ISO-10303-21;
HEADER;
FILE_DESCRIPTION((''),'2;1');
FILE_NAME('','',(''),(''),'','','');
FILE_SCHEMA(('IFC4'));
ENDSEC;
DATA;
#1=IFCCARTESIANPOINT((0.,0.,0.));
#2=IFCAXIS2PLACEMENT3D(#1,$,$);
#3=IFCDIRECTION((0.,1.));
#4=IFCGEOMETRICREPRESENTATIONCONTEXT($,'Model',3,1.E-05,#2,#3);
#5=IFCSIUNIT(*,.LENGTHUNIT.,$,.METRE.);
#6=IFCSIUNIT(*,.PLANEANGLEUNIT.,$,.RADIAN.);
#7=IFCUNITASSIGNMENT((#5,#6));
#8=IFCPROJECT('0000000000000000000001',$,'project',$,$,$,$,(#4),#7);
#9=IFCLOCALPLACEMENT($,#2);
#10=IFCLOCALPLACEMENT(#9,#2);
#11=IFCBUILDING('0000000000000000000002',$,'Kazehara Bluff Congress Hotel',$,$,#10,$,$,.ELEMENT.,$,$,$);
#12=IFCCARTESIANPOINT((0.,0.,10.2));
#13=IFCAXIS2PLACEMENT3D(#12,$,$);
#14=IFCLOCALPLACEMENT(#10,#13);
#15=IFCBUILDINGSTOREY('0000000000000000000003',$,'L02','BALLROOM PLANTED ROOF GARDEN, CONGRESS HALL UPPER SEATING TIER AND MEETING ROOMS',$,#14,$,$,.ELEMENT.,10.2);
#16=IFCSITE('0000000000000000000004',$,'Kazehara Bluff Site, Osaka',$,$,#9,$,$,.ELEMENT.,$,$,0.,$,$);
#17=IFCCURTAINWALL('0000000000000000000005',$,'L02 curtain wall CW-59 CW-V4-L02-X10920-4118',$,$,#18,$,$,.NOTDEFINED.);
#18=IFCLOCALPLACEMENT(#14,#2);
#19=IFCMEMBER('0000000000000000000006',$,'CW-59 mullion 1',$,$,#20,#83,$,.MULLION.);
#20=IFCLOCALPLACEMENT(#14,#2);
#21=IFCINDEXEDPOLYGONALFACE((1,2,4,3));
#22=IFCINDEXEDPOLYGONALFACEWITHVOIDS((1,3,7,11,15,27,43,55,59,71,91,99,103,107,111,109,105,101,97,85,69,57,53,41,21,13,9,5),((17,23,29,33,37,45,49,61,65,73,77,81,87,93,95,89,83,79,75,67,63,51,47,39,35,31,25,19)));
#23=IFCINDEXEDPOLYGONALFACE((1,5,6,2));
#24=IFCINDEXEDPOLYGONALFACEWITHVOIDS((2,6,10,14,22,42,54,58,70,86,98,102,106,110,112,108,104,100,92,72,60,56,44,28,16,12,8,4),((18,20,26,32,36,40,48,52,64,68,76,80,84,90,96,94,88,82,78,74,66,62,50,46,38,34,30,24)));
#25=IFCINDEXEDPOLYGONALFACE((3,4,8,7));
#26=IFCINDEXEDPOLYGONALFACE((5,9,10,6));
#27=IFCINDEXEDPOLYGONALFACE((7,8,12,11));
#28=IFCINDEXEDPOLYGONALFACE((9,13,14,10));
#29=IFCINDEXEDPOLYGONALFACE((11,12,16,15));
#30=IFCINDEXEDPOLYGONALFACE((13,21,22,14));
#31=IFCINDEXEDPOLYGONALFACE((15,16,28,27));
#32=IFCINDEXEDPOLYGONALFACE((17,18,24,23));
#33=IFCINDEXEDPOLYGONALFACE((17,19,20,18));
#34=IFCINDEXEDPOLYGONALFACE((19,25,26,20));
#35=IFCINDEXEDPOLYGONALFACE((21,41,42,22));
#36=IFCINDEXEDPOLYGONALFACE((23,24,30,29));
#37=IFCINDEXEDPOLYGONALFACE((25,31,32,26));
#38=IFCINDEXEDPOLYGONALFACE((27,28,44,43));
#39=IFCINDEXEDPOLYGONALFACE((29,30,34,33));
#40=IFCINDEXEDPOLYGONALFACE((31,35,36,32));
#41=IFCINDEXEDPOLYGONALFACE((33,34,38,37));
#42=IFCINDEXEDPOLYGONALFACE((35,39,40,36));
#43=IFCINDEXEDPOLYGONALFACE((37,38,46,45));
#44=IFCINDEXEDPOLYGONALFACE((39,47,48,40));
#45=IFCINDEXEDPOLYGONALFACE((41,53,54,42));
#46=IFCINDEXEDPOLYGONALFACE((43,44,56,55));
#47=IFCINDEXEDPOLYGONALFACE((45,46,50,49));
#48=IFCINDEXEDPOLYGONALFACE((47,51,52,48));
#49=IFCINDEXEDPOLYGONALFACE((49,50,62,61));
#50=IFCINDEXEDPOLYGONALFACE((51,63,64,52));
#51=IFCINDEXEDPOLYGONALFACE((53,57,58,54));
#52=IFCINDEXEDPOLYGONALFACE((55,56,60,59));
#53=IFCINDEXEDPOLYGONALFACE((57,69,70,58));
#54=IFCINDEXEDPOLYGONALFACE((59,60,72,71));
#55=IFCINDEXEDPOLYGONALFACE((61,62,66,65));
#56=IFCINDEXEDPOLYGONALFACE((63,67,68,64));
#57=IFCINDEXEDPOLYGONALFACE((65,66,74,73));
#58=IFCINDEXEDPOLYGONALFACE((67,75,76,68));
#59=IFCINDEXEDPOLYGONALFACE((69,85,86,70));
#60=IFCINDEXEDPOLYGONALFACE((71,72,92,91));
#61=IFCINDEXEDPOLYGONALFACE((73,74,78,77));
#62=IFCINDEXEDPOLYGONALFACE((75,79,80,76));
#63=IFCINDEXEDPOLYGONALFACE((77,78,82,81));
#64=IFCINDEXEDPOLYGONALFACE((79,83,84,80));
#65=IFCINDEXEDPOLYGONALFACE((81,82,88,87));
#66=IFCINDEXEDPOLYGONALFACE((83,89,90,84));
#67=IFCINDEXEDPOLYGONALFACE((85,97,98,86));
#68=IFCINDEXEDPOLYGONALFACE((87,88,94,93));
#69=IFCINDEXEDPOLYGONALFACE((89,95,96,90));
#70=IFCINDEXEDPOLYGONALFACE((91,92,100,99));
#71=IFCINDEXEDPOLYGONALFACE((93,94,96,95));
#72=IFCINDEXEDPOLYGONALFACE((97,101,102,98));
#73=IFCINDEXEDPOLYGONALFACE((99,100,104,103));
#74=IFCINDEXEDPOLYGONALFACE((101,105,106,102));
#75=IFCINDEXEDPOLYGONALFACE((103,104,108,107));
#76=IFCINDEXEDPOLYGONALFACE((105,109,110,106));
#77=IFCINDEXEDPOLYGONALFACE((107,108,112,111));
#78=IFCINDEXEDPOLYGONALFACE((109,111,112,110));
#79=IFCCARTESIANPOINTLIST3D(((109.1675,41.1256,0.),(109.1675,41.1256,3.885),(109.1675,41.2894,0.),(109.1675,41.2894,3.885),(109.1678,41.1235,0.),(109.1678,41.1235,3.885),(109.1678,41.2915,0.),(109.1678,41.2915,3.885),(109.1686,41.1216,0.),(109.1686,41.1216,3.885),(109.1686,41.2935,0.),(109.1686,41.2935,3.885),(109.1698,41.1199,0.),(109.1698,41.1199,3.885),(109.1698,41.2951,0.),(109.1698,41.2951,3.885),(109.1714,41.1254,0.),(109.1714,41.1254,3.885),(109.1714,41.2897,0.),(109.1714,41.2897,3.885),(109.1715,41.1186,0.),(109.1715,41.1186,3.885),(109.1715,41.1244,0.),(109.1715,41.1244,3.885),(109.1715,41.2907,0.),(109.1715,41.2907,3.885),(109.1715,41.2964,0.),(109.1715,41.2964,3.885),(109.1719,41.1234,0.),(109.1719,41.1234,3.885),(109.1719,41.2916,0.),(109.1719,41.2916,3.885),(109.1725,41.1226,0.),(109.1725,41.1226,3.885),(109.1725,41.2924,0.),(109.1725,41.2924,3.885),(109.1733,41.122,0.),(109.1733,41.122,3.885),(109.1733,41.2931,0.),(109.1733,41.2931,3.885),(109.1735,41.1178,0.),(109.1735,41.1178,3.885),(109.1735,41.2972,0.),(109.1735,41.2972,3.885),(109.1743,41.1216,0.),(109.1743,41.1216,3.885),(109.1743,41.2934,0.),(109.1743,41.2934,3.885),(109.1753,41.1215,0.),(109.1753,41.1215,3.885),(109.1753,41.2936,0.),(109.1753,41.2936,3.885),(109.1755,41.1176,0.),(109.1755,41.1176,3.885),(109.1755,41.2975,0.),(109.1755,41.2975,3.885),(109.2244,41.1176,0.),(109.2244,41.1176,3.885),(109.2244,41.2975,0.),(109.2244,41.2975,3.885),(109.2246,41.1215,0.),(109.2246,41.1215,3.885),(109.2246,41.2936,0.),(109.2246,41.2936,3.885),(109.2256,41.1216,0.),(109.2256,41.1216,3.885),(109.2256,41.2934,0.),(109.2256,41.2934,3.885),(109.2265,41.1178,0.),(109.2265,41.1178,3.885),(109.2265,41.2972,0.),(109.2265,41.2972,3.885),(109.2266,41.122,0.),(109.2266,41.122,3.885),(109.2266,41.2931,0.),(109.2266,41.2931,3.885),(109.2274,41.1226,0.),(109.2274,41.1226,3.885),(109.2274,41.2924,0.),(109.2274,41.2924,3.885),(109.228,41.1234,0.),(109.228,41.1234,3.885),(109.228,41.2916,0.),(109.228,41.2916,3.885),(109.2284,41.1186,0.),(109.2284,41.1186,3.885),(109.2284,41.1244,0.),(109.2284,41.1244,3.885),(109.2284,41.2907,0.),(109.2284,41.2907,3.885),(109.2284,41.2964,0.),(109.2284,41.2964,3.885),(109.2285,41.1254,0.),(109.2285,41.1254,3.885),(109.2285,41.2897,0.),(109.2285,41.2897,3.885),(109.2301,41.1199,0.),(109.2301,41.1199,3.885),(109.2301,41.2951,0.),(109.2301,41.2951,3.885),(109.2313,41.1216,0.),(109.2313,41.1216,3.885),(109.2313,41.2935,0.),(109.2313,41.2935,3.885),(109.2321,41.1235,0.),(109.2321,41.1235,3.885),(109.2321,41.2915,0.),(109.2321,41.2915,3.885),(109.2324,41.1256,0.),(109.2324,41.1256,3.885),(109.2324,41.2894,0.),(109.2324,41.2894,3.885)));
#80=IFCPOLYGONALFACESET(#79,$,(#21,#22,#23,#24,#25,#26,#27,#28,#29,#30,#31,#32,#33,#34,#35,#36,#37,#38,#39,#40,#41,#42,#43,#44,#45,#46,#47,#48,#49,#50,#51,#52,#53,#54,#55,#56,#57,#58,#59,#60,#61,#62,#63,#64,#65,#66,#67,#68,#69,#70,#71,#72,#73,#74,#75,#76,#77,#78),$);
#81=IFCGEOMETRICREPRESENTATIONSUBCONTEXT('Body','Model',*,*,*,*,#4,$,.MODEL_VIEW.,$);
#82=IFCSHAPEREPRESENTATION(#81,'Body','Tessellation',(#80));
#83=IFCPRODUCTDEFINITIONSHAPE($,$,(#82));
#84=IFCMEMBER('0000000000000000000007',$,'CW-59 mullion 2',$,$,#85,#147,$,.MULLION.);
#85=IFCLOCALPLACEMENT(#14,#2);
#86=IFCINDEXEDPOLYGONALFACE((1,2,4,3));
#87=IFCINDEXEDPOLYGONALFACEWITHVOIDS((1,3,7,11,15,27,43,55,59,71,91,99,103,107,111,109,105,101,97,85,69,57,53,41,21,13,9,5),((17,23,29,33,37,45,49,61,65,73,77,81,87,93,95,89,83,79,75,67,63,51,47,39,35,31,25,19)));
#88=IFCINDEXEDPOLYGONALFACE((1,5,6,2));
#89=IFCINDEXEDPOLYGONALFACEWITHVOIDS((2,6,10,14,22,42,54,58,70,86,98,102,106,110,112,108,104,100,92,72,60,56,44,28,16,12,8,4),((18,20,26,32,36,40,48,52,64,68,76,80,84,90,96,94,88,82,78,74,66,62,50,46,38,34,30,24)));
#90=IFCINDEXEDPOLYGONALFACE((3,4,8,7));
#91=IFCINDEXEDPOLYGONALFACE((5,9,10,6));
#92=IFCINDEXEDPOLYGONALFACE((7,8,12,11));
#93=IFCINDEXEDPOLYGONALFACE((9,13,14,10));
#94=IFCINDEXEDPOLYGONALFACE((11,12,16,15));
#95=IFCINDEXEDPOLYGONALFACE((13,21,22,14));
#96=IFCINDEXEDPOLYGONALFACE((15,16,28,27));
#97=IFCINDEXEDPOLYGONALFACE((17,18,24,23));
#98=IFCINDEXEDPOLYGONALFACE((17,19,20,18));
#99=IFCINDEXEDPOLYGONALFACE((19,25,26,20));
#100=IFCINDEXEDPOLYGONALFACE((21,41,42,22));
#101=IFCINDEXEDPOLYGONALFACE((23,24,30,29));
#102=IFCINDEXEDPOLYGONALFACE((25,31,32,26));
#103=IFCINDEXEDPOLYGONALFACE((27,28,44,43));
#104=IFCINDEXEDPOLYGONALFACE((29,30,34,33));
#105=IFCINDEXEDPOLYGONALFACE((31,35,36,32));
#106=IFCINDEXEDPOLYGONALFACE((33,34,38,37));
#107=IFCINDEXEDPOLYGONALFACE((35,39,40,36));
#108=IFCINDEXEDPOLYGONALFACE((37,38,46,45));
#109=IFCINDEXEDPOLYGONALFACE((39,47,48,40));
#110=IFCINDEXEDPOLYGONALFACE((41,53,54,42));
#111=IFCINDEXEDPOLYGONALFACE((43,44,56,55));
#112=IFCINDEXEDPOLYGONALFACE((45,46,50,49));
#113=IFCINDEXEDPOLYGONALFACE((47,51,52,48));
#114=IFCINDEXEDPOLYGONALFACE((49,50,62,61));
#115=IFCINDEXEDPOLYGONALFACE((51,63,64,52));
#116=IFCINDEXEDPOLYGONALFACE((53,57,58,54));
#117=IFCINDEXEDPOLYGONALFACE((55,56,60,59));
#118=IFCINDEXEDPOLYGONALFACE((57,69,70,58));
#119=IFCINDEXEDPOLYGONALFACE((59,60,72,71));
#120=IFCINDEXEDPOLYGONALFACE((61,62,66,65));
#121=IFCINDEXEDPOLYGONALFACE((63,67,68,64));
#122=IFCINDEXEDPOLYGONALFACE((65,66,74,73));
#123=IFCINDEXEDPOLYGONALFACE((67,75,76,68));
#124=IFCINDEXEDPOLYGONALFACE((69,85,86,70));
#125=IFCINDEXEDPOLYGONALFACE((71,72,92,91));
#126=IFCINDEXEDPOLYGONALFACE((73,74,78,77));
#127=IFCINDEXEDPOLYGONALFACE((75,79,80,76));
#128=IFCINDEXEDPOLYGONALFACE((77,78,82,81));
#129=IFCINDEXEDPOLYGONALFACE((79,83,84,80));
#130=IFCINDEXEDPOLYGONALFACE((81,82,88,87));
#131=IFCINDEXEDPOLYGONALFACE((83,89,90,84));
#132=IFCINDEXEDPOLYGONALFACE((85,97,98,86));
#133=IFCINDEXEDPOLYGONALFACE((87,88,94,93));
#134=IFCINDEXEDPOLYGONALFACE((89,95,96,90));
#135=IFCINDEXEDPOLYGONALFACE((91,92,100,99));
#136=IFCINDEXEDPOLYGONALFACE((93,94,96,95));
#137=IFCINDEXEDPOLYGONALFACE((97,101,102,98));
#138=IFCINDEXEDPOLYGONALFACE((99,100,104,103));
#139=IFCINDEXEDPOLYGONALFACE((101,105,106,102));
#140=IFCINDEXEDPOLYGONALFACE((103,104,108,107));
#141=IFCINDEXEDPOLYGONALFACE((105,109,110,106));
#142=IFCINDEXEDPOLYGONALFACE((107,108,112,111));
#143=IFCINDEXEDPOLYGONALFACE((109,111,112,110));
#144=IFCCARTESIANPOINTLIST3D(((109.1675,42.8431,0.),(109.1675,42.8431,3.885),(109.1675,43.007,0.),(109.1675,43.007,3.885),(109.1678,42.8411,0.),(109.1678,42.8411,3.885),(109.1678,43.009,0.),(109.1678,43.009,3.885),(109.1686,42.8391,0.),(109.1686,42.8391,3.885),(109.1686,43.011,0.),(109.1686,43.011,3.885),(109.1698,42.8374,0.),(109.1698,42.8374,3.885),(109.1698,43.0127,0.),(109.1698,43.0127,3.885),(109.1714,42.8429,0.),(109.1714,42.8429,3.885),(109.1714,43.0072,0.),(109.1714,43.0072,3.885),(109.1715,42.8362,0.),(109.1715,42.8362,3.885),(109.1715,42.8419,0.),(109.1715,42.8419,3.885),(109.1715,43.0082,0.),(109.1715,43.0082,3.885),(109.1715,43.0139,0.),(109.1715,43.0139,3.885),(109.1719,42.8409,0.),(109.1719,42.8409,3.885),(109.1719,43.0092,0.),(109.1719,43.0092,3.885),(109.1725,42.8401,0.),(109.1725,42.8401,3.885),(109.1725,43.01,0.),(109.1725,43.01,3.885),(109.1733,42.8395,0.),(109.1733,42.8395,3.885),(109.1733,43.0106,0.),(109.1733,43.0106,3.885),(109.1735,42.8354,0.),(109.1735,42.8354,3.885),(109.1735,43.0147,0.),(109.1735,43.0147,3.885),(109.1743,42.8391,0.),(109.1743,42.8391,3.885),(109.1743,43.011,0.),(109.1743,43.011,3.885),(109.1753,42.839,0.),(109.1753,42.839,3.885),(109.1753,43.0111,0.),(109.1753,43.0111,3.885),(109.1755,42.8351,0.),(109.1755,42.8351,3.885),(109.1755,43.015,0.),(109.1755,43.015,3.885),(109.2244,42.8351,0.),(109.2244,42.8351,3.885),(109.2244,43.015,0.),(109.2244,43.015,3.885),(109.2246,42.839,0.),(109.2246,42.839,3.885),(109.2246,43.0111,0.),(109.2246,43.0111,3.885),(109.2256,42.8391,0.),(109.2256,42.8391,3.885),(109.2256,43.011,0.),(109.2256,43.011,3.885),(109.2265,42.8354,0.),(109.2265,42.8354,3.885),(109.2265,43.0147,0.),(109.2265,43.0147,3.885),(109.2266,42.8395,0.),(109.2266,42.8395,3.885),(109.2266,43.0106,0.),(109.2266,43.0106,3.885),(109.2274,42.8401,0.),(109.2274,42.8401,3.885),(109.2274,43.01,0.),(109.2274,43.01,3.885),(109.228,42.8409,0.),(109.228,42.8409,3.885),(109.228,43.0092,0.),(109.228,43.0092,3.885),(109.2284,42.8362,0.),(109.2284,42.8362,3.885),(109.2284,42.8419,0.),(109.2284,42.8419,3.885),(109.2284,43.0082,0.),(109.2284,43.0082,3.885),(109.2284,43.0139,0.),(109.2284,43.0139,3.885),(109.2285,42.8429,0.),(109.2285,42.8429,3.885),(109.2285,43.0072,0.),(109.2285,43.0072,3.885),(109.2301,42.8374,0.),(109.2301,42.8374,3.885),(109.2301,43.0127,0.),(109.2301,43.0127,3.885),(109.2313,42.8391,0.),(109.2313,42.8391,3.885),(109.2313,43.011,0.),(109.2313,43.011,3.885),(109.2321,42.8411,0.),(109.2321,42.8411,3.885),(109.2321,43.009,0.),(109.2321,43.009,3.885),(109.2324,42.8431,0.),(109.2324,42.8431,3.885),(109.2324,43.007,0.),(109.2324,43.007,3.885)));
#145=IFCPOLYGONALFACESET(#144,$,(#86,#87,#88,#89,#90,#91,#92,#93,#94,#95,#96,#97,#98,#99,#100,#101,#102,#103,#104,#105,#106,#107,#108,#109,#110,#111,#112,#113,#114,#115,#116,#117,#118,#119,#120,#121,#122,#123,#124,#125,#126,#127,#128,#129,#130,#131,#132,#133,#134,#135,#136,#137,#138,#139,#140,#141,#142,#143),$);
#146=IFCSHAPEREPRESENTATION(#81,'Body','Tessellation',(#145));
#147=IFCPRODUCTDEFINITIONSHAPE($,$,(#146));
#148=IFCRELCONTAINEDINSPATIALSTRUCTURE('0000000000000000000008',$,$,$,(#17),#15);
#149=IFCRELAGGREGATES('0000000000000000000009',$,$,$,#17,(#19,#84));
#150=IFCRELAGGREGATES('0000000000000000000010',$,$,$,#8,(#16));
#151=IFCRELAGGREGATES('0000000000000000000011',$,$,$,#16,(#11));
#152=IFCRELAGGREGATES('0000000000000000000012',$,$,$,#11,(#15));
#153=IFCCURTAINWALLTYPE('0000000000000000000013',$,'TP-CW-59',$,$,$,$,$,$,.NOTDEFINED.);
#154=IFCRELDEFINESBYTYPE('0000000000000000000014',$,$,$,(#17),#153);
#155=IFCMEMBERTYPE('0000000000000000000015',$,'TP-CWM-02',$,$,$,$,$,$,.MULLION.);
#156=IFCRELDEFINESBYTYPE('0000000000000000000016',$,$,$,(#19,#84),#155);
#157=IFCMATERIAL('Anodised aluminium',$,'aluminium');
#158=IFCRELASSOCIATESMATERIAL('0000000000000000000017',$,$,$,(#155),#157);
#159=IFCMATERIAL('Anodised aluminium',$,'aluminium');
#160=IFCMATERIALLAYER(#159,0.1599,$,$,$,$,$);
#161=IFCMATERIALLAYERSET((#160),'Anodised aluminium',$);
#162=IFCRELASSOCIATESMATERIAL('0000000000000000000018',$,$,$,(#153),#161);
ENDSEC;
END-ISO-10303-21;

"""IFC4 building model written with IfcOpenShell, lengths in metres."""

from ifc_helpers import new_model, si_unit, direction, frame, origin, origin_2d, place, context, subcontext, project, spatial, hollow_rectangle, extrude, material, layer, layer_set, material_profile, profile_set, type_object, element, aggregate, save


model = new_model("IFC4")

# Units and contexts
model_context = context("Model", 3, precision=1e-05, world=origin(), true_north=direction((0.0, 1.0)))
body_context = subcontext(model_context, "Body", "Model", "MODEL_VIEW")
ifc_project = project(units=[si_unit("LENGTHUNIT", "METRE"), si_unit("PLANEANGLEUNIT", "RADIAN")], contexts=[model_context])

# Site, building, storey
site_placement = place(None, origin())
site = spatial("IfcSite", under=ifc_project, at=site_placement, Name="Kazehara Bluff Site, Osaka", CompositionType="ELEMENT", RefElevation=0.0)
building_placement = place(site_placement, origin())
building = spatial("IfcBuilding", under=site, at=building_placement, Name="Kazehara Bluff Congress Hotel", CompositionType="ELEMENT")
storey_placement = place(building_placement, frame((0.0, 0.0, 10.2)))
storey = spatial("IfcBuildingStorey", under=building, at=storey_placement, Name="L02", Description="BALLROOM PLANTED ROOF GARDEN, CONGRESS HALL UPPER SEATING TIER AND MEETING ROOMS", CompositionType="ELEMENT", Elevation=10.2)

# Shared definitions
ifc_material_1 = material(Name="Anodised aluminium", Category="aluminium")
ifc_material_profile_1 = material_profile(ifc_material_1, hollow_rectangle(XDim=0.0649, YDim=0.1799, WallThickness=0.0039, InnerFilletRadius=0.0039, OuterFilletRadius=0.0081, at=origin_2d()))
ifc_profile_set_1 = profile_set([ifc_material_profile_1], Name="Anodised aluminium")
member_type_1 = type_object("IfcMemberType", Name="TP-CWM-02", PredefinedType="MULLION", material=ifc_profile_set_1)

# Curtain wall, members
ifc_material_2 = material(Name="Anodised aluminium", Category="aluminium")
ifc_layer_1 = layer(ifc_material_2, 0.1599)
ifc_layer_set_1 = layer_set([ifc_layer_1], Name="Anodised aluminium")
curtain_wall_type_1 = type_object("IfcCurtainWallType", Name="TP-CW-59", PredefinedType="NOTDEFINED", material=ifc_layer_set_1)
curtain_wall_1_placement = place(storey_placement, origin())
curtain_wall_1 = element("IfcCurtainWall", 1, at=curtain_wall_1_placement, inside=storey, type_object=curtain_wall_type_1, Name="L02 curtain wall CW-59 CW-V4-L02-X10920-4118", PredefinedType="NOTDEFINED")
member_1_placement = place(storey_placement, frame((109.2, 41.2075, 0.0), z_axis=(0.0, 0.0, 1.0), x_axis=(-1.0, 0.0, 0.0)))
member_1 = element("IfcMember", 2, at=member_1_placement, type_object=member_type_1, Name="CW-59 mullion 1", PredefinedType="MULLION", context=body_context, shape_type="SweptSolid", body=[
    extrude(hollow_rectangle(XDim=0.0649, YDim=0.1799, WallThickness=0.0039, InnerFilletRadius=0.0039, OuterFilletRadius=0.0081, at=origin_2d()), origin(), (0.0, 0.0, 1.0), 3.885),
])
member_2_placement = place(storey_placement, frame((109.2, 42.925, 0.0), z_axis=(0.0, 0.0, 1.0), x_axis=(-1.0, 0.0, 0.0)))
member_2 = element("IfcMember", 3, at=member_2_placement, type_object=member_type_1, Name="CW-59 mullion 2", PredefinedType="MULLION", context=body_context, shape_type="SweptSolid", body=[
    extrude(hollow_rectangle(XDim=0.0649, YDim=0.1799, WallThickness=0.0039, InnerFilletRadius=0.0039, OuterFilletRadius=0.0081, at=origin_2d()), origin(), (0.0, 0.0, 1.0), 3.885),
])

aggregate(curtain_wall_1, [member_1, member_2])

save(model, "model.ifc")
